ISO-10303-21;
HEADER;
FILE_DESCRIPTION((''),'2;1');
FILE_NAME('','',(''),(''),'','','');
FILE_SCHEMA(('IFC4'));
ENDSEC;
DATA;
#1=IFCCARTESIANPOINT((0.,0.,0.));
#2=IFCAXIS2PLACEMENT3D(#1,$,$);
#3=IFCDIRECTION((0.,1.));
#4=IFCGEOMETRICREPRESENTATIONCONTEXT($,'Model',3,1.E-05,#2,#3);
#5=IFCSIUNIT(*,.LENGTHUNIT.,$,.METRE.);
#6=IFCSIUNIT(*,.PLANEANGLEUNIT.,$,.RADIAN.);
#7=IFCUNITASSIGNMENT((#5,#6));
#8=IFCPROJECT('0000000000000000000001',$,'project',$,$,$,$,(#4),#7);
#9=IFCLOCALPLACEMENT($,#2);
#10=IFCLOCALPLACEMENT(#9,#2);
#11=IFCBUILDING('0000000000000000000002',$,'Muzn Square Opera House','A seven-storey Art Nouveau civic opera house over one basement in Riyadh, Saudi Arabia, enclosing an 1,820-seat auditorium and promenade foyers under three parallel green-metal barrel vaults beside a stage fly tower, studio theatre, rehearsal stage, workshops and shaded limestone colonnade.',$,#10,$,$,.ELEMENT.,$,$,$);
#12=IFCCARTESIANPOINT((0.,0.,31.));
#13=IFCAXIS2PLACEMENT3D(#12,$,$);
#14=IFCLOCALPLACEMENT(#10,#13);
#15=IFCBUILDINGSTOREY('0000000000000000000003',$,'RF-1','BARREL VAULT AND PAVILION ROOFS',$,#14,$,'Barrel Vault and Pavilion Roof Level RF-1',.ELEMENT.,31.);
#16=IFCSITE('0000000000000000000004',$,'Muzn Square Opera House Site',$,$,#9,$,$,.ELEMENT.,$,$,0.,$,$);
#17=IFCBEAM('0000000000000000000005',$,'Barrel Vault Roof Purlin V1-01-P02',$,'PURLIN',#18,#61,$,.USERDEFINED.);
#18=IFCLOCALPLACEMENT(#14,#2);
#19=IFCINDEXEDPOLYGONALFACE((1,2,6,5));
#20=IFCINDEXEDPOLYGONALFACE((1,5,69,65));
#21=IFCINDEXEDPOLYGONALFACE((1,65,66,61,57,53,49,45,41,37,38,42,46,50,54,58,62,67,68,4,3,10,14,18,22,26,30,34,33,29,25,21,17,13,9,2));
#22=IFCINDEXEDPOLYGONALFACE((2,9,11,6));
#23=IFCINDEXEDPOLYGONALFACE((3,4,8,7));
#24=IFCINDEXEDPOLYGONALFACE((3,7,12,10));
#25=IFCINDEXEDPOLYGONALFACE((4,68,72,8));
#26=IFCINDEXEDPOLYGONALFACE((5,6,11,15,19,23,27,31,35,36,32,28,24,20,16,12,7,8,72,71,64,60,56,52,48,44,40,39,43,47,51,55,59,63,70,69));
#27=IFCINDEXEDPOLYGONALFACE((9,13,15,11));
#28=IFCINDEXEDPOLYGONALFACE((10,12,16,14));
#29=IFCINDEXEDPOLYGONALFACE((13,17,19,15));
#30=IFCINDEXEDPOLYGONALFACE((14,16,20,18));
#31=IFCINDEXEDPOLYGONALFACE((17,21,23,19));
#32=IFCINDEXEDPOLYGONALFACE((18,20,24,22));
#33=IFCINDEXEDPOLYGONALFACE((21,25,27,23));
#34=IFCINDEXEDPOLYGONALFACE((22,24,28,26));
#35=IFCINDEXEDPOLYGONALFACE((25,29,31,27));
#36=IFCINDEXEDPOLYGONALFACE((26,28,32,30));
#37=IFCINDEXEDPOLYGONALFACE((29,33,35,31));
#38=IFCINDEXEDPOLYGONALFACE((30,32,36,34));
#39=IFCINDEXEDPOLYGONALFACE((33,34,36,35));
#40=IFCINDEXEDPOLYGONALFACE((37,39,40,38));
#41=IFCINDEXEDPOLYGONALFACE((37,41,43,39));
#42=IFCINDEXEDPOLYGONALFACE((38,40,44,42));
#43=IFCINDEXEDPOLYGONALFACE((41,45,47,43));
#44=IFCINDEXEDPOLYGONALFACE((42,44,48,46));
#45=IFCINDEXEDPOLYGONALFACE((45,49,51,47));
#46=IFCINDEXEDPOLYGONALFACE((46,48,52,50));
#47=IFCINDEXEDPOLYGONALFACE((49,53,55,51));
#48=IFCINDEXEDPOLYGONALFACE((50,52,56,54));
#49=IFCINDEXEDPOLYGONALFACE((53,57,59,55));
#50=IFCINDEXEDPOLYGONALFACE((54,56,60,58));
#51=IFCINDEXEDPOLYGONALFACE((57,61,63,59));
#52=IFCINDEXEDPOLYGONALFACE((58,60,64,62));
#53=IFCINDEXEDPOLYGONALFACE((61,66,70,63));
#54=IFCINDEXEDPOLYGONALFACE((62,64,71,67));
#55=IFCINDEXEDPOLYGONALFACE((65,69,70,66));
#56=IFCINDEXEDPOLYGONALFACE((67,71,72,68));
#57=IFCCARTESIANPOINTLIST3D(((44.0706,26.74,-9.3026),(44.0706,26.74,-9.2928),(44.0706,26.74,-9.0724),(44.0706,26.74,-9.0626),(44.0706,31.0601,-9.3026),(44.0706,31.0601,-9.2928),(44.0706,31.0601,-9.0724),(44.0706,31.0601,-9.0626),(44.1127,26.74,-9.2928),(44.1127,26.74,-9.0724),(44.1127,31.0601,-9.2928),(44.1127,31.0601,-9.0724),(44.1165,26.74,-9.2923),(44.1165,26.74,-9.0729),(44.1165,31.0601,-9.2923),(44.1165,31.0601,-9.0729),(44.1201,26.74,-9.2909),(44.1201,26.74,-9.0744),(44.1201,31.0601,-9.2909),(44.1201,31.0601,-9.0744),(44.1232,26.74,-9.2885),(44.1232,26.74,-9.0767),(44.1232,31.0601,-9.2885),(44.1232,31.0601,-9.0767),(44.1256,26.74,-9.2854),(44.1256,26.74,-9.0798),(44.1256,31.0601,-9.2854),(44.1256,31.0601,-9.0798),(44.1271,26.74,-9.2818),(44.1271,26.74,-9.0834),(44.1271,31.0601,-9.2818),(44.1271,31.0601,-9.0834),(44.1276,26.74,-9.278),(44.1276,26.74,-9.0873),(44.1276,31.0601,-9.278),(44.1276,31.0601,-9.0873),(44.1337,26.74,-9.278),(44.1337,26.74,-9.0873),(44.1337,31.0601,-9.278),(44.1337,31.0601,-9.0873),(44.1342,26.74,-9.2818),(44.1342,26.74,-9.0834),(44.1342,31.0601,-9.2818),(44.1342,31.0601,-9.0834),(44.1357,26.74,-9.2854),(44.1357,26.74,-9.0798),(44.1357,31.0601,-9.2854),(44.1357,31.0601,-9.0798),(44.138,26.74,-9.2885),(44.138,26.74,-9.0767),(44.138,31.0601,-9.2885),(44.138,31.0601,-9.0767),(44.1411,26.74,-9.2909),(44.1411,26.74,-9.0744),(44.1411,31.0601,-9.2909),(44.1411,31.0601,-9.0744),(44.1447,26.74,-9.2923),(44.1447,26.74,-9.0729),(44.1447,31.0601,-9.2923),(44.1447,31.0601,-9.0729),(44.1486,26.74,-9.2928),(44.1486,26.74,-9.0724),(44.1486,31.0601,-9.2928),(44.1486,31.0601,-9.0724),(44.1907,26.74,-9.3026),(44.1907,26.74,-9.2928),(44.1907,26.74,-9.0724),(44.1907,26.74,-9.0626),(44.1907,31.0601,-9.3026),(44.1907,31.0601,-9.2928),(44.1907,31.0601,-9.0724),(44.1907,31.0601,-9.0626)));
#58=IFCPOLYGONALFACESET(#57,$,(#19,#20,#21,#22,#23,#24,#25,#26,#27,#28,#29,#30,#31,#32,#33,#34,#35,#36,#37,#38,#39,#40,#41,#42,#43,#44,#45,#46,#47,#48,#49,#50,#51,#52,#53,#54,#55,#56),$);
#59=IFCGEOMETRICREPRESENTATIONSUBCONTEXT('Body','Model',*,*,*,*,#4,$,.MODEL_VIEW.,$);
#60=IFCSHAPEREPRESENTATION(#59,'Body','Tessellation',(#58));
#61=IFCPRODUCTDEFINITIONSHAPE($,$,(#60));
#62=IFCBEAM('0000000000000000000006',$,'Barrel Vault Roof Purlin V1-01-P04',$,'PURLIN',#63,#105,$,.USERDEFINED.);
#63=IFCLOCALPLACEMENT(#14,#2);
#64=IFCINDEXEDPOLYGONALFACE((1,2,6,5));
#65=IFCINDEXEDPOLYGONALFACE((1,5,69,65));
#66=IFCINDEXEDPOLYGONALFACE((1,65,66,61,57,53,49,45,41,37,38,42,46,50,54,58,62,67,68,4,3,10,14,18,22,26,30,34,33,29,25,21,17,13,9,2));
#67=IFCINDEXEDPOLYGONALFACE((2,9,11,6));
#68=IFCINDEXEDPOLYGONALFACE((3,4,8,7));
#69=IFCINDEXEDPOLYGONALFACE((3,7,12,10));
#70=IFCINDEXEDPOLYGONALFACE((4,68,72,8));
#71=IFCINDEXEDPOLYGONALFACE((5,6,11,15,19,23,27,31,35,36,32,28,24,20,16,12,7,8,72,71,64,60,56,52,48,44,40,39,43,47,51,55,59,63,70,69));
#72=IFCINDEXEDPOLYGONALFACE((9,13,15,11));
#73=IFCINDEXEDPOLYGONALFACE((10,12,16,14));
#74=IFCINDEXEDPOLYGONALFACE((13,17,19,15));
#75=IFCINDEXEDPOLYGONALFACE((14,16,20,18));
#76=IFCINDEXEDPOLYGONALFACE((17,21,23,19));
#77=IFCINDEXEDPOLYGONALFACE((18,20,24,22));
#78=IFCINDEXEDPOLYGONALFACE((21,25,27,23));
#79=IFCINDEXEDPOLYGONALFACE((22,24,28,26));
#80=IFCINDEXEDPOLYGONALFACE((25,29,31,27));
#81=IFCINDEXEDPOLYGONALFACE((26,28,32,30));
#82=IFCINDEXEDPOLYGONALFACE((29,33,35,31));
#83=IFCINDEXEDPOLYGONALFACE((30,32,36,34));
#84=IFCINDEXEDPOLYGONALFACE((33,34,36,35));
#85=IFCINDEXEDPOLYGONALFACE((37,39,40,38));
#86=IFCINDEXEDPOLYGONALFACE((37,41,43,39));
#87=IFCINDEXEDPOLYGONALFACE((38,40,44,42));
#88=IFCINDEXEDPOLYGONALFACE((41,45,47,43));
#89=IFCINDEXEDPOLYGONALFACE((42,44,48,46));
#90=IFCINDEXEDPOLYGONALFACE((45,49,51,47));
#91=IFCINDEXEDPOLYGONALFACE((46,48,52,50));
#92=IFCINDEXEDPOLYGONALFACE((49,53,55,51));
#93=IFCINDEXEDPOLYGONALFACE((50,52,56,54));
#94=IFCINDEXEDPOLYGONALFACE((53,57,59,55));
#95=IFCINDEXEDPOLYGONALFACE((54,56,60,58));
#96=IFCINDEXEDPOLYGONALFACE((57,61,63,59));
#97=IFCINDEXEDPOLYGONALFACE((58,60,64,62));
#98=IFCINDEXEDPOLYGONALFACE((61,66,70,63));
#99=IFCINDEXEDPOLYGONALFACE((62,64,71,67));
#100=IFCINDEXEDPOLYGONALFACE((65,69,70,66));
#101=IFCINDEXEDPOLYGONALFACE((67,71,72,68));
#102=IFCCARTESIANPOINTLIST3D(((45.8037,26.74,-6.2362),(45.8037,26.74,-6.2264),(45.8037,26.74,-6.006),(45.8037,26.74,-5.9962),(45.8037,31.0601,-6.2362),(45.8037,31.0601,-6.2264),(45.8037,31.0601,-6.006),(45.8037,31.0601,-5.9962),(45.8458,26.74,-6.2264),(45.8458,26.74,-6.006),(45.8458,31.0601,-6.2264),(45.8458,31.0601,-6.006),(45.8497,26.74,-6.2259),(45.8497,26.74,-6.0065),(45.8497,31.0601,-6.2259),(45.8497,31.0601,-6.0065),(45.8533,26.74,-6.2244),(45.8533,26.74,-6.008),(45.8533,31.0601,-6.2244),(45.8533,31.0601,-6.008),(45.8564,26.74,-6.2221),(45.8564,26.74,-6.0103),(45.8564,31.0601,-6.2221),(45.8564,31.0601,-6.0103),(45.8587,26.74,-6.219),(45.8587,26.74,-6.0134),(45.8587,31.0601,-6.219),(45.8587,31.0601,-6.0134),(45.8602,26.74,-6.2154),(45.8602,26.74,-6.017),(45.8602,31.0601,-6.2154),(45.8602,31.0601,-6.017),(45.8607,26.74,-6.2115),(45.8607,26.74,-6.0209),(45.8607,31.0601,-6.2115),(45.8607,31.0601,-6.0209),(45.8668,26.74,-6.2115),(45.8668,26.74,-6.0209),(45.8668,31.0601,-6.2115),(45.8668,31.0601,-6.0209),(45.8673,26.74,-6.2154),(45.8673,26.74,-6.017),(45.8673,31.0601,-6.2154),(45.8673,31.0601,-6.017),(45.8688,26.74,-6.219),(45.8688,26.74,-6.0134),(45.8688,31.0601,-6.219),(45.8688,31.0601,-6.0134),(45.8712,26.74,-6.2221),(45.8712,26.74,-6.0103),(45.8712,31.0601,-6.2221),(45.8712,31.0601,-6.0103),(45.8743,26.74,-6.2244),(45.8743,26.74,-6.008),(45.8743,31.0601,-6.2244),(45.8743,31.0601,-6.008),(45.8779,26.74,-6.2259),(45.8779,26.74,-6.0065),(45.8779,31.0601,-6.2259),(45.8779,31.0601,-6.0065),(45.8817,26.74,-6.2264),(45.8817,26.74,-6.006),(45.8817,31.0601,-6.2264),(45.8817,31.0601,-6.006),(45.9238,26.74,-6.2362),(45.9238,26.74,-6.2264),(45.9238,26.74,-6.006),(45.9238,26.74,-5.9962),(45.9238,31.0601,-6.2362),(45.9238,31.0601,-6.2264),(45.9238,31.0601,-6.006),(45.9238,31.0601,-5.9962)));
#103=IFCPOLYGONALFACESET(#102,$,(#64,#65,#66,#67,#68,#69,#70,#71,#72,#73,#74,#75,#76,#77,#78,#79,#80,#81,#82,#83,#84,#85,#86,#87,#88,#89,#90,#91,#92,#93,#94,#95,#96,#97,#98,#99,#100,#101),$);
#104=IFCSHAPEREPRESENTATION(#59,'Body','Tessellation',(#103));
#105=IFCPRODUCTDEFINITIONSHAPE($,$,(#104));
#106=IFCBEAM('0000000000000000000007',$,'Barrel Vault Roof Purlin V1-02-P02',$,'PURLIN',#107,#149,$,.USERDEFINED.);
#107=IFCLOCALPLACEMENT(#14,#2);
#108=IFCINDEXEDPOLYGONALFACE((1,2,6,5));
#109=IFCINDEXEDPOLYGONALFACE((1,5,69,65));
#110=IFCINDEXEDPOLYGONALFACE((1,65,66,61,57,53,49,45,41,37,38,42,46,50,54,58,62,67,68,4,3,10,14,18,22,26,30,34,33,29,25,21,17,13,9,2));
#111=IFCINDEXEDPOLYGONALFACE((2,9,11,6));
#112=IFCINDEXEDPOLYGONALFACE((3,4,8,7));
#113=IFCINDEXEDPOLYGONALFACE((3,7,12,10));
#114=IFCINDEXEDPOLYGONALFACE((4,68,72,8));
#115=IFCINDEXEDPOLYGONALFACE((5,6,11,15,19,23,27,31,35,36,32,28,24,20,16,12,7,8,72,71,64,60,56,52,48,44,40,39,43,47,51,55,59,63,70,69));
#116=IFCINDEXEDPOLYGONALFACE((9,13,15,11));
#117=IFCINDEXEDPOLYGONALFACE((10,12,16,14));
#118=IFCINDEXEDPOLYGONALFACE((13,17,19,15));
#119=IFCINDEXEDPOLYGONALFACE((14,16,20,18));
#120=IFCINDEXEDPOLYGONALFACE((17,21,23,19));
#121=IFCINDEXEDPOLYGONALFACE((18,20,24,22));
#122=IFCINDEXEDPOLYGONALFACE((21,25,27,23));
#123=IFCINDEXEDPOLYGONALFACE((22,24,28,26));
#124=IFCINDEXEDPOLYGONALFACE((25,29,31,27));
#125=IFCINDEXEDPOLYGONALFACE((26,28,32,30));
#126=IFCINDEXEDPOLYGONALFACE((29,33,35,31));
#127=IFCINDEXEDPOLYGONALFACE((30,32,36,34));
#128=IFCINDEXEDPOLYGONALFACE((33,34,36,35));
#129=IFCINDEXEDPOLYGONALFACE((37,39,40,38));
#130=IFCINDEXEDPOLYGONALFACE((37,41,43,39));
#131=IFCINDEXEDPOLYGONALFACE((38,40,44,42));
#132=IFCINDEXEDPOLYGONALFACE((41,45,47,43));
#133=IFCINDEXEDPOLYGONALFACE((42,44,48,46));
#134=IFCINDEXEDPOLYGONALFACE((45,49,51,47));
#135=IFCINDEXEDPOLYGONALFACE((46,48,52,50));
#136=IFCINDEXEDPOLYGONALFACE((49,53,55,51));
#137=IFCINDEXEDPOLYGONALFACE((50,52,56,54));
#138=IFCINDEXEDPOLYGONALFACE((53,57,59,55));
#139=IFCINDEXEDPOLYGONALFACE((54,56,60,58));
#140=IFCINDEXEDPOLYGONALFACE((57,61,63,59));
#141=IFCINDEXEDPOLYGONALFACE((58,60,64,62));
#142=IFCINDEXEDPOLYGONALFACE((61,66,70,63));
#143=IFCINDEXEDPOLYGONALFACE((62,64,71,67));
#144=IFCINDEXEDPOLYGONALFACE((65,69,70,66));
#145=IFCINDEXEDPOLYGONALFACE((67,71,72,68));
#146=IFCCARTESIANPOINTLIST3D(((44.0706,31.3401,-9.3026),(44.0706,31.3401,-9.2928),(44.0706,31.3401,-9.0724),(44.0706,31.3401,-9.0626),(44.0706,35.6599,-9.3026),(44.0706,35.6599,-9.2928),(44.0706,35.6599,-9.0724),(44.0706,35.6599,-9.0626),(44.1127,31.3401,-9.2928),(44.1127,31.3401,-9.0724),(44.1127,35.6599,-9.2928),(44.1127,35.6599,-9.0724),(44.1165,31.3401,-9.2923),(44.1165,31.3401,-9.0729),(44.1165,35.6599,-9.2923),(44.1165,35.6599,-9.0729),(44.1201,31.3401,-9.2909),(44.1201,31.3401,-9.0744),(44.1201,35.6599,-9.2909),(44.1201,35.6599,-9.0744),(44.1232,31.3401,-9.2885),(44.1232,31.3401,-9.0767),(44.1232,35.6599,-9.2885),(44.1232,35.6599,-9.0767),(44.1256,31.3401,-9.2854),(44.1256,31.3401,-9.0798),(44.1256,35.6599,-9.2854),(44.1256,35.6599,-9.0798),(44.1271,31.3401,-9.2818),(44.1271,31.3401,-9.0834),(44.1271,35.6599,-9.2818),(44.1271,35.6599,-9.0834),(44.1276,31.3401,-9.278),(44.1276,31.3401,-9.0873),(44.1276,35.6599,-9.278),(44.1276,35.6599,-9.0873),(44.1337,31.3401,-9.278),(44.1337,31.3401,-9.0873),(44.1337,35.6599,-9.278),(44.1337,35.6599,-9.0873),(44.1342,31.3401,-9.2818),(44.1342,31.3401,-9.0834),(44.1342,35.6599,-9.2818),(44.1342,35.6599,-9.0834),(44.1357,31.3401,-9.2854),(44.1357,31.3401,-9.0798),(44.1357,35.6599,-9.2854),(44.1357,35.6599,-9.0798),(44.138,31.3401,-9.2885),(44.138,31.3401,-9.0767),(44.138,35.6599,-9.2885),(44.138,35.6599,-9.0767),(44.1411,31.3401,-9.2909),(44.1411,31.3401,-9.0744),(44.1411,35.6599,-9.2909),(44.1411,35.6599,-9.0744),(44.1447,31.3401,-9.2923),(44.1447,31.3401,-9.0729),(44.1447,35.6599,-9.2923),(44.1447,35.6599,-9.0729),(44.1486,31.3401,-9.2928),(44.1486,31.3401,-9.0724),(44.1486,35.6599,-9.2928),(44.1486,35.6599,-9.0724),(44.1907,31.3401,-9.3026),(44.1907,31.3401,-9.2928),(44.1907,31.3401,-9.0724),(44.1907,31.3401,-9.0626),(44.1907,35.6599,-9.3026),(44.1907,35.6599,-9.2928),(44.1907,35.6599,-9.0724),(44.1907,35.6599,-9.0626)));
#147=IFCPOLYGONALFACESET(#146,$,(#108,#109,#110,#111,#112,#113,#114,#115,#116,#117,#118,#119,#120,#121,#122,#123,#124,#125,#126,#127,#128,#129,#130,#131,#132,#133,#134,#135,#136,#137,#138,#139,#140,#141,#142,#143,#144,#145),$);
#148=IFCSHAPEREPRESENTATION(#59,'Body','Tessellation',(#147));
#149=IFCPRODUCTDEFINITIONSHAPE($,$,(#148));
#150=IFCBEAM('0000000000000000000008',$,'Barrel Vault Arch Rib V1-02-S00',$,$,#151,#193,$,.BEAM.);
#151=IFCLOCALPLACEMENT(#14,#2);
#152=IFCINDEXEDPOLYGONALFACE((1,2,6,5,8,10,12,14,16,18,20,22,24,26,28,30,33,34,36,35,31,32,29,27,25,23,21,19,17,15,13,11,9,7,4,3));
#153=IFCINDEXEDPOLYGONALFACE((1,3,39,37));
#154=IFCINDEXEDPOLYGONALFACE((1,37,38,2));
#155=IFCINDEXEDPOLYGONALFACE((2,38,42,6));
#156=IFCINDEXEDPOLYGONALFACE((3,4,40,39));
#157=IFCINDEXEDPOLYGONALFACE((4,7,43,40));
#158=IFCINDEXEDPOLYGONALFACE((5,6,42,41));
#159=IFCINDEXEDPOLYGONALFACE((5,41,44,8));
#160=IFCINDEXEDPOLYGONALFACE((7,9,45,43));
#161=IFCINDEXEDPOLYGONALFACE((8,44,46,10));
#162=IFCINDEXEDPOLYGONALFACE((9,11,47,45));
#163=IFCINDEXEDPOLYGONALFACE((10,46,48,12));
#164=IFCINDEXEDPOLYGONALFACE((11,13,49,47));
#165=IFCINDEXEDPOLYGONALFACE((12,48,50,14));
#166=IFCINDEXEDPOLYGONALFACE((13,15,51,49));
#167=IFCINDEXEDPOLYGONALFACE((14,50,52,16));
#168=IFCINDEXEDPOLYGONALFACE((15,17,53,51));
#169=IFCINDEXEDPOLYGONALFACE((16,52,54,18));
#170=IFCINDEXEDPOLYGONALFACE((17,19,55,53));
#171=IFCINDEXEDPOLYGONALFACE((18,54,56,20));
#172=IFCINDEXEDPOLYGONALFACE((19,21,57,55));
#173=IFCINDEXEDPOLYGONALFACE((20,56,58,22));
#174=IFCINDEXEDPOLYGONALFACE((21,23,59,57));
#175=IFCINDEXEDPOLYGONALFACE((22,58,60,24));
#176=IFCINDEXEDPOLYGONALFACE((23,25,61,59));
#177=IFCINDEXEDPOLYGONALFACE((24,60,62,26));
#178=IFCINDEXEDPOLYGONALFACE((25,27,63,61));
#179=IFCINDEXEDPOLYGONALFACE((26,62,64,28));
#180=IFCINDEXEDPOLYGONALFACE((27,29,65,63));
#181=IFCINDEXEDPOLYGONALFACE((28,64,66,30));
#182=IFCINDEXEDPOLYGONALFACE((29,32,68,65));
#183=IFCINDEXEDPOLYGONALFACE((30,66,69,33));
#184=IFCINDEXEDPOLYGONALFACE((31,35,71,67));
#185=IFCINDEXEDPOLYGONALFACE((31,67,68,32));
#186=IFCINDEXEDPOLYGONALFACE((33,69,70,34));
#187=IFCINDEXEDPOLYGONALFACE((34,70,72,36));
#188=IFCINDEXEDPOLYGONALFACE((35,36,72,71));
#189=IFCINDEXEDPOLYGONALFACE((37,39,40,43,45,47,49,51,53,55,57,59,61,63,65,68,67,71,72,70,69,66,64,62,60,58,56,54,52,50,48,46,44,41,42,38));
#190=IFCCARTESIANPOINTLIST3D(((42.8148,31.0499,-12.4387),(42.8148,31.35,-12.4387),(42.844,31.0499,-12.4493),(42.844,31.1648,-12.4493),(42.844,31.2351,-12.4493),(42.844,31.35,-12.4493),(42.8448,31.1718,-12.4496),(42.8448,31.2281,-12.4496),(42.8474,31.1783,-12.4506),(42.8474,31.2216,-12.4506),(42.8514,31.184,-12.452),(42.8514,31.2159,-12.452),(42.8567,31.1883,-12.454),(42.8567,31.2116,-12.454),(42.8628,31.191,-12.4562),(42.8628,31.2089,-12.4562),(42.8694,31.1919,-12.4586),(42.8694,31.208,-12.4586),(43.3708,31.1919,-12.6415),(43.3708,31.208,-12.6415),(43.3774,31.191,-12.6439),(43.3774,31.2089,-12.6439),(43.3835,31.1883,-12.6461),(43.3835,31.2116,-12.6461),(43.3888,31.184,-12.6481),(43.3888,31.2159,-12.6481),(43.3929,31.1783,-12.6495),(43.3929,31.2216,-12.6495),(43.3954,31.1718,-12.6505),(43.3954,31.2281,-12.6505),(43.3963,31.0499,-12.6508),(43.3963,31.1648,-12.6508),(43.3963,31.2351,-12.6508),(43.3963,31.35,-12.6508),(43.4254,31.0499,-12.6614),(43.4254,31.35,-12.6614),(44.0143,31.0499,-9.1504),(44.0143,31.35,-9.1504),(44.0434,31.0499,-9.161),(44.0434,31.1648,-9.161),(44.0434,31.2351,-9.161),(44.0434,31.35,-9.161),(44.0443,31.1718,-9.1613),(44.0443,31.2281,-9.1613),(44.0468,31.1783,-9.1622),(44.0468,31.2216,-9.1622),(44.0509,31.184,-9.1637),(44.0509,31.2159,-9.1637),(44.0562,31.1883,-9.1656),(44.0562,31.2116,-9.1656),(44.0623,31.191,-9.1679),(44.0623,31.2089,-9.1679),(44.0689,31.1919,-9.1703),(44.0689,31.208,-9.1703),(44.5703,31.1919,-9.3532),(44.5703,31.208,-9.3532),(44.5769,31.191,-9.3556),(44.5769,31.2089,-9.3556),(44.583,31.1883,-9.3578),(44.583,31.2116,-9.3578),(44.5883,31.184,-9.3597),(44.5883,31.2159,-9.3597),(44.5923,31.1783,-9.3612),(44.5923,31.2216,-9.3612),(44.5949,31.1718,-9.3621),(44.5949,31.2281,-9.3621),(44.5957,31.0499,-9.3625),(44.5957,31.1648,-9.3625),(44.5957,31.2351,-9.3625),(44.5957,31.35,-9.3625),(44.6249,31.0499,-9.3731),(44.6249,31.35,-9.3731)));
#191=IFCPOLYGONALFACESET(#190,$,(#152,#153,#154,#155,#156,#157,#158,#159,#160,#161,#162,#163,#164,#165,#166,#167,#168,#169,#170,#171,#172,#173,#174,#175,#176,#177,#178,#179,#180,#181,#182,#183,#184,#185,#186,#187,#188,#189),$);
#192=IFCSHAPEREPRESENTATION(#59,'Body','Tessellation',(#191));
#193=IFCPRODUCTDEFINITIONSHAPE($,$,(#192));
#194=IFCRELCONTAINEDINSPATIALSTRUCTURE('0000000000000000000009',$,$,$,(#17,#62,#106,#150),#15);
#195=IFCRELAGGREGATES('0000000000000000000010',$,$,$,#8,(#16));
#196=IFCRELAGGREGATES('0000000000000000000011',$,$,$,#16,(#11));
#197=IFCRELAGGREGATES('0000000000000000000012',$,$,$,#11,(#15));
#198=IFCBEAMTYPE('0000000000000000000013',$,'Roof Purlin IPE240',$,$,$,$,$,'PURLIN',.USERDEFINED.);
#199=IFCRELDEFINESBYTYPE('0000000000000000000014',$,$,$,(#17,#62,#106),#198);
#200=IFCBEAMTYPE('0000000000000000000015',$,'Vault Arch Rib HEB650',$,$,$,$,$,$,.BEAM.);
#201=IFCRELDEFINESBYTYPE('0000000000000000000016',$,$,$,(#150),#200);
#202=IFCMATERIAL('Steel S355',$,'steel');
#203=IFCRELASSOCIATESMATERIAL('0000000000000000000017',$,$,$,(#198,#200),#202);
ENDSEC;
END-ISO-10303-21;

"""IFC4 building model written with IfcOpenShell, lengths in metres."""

from ifc_helpers import new_model, si_unit, direction, frame, origin, origin_2d, place, context, subcontext, project, spatial, i_section, extrude, material, material_profile, profile_set, type_object, element, save


model = new_model("IFC4")

# Units and contexts
model_context = context("Model", 3, precision=1e-05, world=origin(), true_north=direction((0.0, 1.0)))
body_context = subcontext(model_context, "Body", "Model", "MODEL_VIEW")
ifc_project = project(units=[si_unit("LENGTHUNIT", "METRE"), si_unit("PLANEANGLEUNIT", "RADIAN")], contexts=[model_context])

# Site, building, storey
site_placement = place(None, origin())
site = spatial("IfcSite", under=ifc_project, at=site_placement, Name="Muzn Square Opera House Site", CompositionType="ELEMENT", RefElevation=0.0)
building_placement = place(site_placement, origin())
building = spatial("IfcBuilding", under=site, at=building_placement, Name="Muzn Square Opera House", Description="A seven-storey Art Nouveau civic opera house over one basement in Riyadh, Saudi Arabia, enclosing an 1,820-seat auditorium and promenade foyers under three parallel green-metal barrel vaults beside a stage fly tower, studio theatre, rehearsal stage, workshops and shaded limestone colonnade.", CompositionType="ELEMENT")
storey_placement = place(building_placement, frame((0.0, 0.0, 31.0)))
storey = spatial("IfcBuildingStorey", under=building, at=storey_placement, Name="RF-1", Description="BARREL VAULT AND PAVILION ROOFS", LongName="Barrel Vault and Pavilion Roof Level RF-1", CompositionType="ELEMENT", Elevation=31.0)

# Beams
ifc_material_1 = material(Name="Steel S355", Category="steel")
ifc_material_profile_1 = material_profile(ifc_material_1, i_section(OverallWidth=0.1201, OverallDepth=0.24, WebThickness=0.0061, FlangeThickness=0.0098, FilletRadius=0.0149, at=origin_2d()), Name="IPE 240", Category="steel")
ifc_profile_set_1 = profile_set([ifc_material_profile_1], Name="Steel S355")
beam_type_1 = type_object("IfcBeamType", Name="Roof Purlin IPE240", ElementType="PURLIN", PredefinedType="USERDEFINED", material=ifc_profile_set_1)
for number, where, z_axis, x_axis, name in (
    (1, (44.1306, 26.74, -9.1826), (0.0, 1.0, 0.0), (-1.0, 0.0, 0.0), "Barrel Vault Roof Purlin V1-01-P02"),
    (2, (45.8638, 26.74, -6.1162), (0.0, 1.0, 0.0), (-1.0, 0.0, 0.0), "Barrel Vault Roof Purlin V1-01-P04"),
):
    element("IfcBeam", number, at=place(storey_placement, frame(where, z_axis=z_axis, x_axis=x_axis)), inside=storey, type_object=beam_type_1, Name=name, ObjectType="PURLIN", PredefinedType="USERDEFINED", context=body_context, shape_type="SweptSolid", body=[
        extrude(i_section(OverallWidth=0.1201, OverallDepth=0.24, WebThickness=0.0061, FlangeThickness=0.0098, FilletRadius=0.0149, at=origin_2d()), origin(), (0.0, 0.0, 1.0), 4.3201),
    ])
beam_1_placement = place(storey_placement, frame((44.1306, 31.3401, -9.1826), z_axis=(0.0, 1.0, 0.0), x_axis=(-1.0, 0.0, 0.0)))
element("IfcBeam", 3, at=beam_1_placement, inside=storey, type_object=beam_type_1, Name="Barrel Vault Roof Purlin V1-02-P02", ObjectType="PURLIN", PredefinedType="USERDEFINED", context=body_context, shape_type="SweptSolid", body=[
    extrude(i_section(OverallWidth=0.1201, OverallDepth=0.24, WebThickness=0.0061, FlangeThickness=0.0098, FilletRadius=0.0149, at=origin_2d()), origin(), (0.0, 0.0, 1.0), 4.3198),
])
ifc_material_profile_2 = material_profile(ifc_material_1, i_section(OverallWidth=0.3, OverallDepth=0.6499, WebThickness=0.0161, FlangeThickness=0.031, FilletRadius=0.0271, at=origin_2d()), Name="HEB 650", Category="steel")
ifc_profile_set_2 = profile_set([ifc_material_profile_2], Name="Steel S355")
beam_type_2 = type_object("IfcBeamType", Name="Vault Arch Rib HEB650", PredefinedType="BEAM", material=ifc_profile_set_2)
beam_2_placement = place(storey_placement, frame((43.1201, 31.2, -12.55), z_axis=(0.342678, 0.0, 0.939453), x_axis=(0.0, 1.0, 0.0)))
element("IfcBeam", 4, at=beam_2_placement, inside=storey, type_object=beam_type_2, Name="Barrel Vault Arch Rib V1-02-S00", PredefinedType="BEAM", context=body_context, shape_type="SweptSolid", body=[
    extrude(i_section(OverallWidth=0.3, OverallDepth=0.6499, WebThickness=0.0161, FlangeThickness=0.031, FilletRadius=0.0271, at=origin_2d()), origin(), (0.0, 0.0, 1.0), 3.5002),
])

save(model, "model.ifc")
